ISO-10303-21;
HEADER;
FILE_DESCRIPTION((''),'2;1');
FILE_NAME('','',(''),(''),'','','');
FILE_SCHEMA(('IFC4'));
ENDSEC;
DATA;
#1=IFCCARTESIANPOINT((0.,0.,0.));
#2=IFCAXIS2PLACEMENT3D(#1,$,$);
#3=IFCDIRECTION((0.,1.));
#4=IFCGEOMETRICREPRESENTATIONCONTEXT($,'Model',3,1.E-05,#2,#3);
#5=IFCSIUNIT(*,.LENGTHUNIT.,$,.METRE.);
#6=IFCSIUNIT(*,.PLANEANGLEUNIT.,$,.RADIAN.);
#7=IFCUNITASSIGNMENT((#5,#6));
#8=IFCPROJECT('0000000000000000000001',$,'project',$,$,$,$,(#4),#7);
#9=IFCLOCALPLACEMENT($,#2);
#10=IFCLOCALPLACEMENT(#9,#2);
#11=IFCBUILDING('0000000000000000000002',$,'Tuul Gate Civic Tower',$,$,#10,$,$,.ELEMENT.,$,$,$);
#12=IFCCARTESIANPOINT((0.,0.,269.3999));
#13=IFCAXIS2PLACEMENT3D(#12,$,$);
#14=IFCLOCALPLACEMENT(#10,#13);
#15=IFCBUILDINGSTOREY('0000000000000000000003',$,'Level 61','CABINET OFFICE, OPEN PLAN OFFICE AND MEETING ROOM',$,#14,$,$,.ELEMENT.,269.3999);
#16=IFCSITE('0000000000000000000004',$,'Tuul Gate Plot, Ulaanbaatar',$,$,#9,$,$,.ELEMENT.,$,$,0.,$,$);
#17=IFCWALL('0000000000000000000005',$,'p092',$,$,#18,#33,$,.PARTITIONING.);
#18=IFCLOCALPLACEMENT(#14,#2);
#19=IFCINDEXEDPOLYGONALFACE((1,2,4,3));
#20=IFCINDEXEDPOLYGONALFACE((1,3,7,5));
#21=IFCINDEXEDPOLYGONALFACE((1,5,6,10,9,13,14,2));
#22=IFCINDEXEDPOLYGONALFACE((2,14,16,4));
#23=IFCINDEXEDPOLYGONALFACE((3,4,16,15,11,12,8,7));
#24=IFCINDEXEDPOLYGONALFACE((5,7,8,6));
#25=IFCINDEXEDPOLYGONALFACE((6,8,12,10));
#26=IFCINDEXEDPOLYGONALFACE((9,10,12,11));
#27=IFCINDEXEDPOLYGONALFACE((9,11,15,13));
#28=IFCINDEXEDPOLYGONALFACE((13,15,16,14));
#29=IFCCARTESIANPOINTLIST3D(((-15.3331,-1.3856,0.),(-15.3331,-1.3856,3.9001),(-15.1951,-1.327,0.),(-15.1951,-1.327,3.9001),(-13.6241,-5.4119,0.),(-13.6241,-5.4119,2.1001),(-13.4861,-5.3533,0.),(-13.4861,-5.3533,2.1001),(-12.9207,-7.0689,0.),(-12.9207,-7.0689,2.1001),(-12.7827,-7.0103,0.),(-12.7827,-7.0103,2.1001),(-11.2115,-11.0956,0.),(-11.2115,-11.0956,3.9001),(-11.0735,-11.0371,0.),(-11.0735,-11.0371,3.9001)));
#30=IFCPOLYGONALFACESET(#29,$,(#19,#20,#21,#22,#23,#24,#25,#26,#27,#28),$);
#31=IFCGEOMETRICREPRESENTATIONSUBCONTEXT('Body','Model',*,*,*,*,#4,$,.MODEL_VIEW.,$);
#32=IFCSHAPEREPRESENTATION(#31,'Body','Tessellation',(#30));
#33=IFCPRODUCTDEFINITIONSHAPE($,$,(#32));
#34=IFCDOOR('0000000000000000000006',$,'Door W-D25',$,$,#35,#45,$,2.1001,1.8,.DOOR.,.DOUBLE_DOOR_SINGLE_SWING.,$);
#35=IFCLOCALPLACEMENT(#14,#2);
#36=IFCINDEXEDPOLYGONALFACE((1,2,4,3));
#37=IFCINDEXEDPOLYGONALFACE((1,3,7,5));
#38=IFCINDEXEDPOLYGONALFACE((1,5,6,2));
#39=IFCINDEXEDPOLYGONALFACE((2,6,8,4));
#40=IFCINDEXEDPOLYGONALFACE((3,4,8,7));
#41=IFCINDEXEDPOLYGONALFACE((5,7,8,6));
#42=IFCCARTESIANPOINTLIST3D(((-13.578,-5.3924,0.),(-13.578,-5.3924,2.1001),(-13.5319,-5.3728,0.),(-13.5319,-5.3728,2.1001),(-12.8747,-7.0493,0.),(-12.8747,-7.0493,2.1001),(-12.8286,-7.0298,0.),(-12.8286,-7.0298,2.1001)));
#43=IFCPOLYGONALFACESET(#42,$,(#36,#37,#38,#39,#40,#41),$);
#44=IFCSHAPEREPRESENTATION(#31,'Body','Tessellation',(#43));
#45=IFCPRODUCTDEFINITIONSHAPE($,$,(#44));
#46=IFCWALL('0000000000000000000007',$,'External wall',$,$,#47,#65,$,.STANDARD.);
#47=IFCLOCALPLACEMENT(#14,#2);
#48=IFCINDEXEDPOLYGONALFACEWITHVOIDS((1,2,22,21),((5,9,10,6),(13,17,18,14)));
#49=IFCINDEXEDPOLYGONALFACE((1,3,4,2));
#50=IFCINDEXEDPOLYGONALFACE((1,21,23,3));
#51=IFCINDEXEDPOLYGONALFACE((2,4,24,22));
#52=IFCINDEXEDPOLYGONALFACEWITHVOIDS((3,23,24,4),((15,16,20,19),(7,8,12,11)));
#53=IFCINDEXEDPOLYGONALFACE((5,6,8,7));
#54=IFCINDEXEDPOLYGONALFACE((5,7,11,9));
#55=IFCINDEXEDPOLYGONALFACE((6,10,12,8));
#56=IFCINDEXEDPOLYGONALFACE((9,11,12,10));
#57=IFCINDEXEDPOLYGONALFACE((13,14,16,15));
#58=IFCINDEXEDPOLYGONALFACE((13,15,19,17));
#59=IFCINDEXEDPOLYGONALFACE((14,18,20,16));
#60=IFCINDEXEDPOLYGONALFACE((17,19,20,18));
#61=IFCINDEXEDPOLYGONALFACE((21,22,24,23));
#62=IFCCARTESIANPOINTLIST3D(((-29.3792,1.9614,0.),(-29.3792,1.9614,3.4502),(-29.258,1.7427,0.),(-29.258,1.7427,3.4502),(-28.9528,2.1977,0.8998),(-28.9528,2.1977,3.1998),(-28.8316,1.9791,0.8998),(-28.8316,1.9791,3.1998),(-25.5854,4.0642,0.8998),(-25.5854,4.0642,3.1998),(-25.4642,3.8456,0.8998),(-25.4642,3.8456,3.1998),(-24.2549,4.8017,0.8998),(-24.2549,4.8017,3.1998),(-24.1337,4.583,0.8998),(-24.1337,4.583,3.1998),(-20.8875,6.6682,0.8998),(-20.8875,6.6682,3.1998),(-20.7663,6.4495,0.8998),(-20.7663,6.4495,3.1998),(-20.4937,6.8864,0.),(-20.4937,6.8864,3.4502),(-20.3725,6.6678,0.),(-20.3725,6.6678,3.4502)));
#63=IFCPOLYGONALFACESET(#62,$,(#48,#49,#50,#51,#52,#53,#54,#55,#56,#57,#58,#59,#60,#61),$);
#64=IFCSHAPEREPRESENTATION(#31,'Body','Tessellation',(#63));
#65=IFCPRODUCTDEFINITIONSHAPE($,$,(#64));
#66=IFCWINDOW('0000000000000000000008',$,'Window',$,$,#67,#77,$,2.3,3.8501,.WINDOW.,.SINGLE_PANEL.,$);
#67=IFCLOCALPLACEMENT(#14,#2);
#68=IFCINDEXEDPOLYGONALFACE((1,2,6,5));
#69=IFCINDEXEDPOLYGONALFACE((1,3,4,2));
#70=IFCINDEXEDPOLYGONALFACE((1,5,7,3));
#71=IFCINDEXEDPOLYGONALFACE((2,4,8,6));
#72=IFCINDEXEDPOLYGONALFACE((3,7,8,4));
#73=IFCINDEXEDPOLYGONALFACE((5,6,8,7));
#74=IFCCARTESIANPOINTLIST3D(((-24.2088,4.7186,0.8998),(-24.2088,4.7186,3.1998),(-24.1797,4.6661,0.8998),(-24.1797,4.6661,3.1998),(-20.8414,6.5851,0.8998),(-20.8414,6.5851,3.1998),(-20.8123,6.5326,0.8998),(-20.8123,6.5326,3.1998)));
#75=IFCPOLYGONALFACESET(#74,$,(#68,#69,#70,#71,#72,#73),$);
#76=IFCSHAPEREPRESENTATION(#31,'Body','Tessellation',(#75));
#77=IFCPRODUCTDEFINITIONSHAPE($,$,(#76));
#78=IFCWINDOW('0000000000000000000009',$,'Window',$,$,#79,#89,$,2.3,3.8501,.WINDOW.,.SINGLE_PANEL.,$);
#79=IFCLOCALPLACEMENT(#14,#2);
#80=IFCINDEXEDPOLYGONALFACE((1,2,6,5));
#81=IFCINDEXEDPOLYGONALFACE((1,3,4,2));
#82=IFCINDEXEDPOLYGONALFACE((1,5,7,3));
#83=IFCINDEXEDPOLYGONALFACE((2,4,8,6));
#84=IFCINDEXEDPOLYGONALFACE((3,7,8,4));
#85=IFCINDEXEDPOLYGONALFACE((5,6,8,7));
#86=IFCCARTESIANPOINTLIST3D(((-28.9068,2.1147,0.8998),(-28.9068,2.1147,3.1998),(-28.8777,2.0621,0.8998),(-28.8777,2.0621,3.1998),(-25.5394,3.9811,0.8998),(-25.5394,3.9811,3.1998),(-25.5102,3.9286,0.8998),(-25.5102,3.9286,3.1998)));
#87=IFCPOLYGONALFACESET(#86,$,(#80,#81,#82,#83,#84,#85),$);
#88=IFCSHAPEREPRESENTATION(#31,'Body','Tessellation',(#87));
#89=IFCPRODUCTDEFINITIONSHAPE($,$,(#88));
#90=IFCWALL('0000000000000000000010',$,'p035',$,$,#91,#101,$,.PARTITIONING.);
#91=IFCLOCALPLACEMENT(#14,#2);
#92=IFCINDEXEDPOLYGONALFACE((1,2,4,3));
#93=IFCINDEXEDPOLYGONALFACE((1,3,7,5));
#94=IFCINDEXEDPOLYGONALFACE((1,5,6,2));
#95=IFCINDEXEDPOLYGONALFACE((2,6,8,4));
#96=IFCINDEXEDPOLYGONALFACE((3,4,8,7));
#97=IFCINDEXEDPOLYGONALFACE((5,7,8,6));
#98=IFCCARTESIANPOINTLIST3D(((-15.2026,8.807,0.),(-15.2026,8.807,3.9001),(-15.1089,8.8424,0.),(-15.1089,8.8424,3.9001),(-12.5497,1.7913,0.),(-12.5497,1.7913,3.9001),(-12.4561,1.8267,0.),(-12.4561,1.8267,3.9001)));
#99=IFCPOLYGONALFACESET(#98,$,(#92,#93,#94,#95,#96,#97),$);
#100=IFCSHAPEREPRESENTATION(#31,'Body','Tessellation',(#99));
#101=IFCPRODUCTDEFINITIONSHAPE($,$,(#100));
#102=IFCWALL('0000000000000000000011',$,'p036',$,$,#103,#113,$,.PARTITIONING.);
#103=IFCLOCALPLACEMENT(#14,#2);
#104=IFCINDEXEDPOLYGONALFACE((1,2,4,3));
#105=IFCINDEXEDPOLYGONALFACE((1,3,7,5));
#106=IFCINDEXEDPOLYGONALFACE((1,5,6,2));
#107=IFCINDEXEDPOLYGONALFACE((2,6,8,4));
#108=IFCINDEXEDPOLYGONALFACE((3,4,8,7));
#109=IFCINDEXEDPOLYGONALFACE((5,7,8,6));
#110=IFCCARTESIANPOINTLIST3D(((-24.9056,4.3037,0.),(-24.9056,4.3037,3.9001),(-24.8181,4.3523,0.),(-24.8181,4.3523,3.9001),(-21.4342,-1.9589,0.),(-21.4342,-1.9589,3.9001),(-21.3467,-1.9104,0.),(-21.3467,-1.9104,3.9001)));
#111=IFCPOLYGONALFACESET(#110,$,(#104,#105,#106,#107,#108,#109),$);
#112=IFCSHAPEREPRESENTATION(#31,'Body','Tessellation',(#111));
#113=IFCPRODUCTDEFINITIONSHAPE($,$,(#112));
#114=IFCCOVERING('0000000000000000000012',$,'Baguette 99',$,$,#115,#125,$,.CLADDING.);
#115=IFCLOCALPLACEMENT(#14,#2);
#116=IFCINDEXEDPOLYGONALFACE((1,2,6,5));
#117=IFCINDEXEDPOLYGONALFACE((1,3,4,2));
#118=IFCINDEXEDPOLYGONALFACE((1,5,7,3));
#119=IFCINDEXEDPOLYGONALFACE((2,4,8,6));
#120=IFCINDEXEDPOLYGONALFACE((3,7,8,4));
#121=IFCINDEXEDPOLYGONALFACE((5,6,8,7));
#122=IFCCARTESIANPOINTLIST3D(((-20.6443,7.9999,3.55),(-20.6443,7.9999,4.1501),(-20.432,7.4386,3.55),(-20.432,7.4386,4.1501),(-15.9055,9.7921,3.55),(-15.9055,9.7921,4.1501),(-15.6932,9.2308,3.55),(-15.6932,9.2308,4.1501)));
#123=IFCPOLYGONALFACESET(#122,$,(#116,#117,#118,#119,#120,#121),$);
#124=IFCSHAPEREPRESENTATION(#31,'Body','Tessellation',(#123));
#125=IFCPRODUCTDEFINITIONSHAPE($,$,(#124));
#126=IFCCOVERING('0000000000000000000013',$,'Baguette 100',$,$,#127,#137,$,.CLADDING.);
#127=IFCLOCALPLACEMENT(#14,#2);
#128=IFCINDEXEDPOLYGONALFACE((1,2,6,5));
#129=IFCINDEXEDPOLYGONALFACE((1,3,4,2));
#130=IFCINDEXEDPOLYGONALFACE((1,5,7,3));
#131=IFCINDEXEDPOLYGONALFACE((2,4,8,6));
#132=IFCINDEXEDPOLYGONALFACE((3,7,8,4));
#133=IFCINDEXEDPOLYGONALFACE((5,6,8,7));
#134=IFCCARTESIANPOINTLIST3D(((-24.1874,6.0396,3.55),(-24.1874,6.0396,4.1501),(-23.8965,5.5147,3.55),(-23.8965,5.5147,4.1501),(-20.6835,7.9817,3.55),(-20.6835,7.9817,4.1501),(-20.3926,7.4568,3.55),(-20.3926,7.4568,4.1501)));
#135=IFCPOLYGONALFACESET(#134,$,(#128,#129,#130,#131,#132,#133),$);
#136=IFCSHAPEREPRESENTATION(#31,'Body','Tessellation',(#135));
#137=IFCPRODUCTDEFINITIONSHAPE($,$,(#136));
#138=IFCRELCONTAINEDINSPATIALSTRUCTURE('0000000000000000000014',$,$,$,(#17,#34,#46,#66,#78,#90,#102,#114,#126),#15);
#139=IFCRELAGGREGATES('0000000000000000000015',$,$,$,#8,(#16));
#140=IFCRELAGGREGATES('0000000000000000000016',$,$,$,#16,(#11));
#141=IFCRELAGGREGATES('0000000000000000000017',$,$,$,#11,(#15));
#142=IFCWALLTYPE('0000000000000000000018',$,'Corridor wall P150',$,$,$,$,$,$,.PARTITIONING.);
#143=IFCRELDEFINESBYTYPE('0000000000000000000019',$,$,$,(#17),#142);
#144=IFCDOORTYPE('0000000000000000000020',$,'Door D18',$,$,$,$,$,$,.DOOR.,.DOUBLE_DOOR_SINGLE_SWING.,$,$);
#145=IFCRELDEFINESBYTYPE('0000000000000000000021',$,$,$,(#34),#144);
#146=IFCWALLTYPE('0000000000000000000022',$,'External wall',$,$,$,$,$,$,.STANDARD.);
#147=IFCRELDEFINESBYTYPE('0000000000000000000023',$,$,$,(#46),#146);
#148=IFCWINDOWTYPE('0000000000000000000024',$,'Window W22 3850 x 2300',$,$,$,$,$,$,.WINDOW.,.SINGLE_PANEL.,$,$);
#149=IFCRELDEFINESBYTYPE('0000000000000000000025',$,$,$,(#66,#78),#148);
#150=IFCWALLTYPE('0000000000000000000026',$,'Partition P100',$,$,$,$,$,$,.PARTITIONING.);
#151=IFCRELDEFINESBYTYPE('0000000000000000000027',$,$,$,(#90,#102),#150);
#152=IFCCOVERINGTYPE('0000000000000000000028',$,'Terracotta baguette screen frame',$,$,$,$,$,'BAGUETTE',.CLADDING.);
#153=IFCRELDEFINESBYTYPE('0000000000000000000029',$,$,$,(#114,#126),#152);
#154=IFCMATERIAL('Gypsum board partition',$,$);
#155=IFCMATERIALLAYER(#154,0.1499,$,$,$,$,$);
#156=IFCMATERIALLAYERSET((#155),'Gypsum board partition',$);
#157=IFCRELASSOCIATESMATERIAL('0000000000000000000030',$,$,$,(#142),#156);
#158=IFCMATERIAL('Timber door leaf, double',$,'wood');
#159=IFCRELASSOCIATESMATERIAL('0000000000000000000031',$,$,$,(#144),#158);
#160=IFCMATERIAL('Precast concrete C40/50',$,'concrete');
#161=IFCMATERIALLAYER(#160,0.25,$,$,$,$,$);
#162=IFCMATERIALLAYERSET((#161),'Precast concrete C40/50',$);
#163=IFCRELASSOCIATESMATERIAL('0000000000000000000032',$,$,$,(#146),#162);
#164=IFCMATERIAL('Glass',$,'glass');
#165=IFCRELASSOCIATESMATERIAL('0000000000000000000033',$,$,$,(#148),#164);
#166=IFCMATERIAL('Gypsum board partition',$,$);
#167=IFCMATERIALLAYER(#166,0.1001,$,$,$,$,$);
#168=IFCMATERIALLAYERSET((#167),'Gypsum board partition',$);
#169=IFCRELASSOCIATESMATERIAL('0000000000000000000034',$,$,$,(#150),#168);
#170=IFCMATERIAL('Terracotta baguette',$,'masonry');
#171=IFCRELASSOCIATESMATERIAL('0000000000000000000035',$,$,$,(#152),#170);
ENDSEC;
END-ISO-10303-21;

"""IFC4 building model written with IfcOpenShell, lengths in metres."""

from ifc_helpers import new_model, si_unit, direction, frame, frame_2d, origin, origin_2d, place, context, subcontext, project, spatial, rectangle, extrude, material, layer, layer_set, material_profile, profile_set, type_object, element, fill, save


model = new_model("IFC4")

# Units and contexts
model_context = context("Model", 3, precision=1e-05, world=origin(), true_north=direction((0.0, 1.0)))
body_context = subcontext(model_context, "Body", "Model", "MODEL_VIEW")
ifc_project = project(units=[si_unit("LENGTHUNIT", "METRE"), si_unit("PLANEANGLEUNIT", "RADIAN")], contexts=[model_context])

# Site, building, storey
site_placement = place(None, origin())
site = spatial("IfcSite", under=ifc_project, at=site_placement, Name="Tuul Gate Plot, Ulaanbaatar", CompositionType="ELEMENT", RefElevation=0.0)
building_placement = place(site_placement, origin())
building = spatial("IfcBuilding", under=site, at=building_placement, Name="Tuul Gate Civic Tower", CompositionType="ELEMENT")
storey_placement = place(building_placement, frame((0.0, 0.0, 269.3999)))
storey = spatial("IfcBuildingStorey", under=building, at=storey_placement, Name="Level 61", Description="CABINET OFFICE, OPEN PLAN OFFICE AND MEETING ROOM", CompositionType="ELEMENT", Elevation=269.3999)

# Shared definitions
ifc_material_1 = material(Name="Gypsum board partition")
ifc_layer_1 = layer(ifc_material_1, 0.1499)
ifc_layer_set_1 = layer_set([ifc_layer_1], Name="Gypsum board partition")
wall_type_1 = type_object("IfcWallType", Name="Corridor wall P150", PredefinedType="PARTITIONING", material=ifc_layer_set_1)

# Wall, opening, door
wall_1_placement = place(storey_placement, frame((-15.2642, -1.3562, 0.0), z_axis=(0.0, 0.0, 1.0), x_axis=(0.390727, -0.920507, 0.0)))
wall_1 = element("IfcWall", 1, at=wall_1_placement, inside=storey, type_object=wall_type_1, Name="p092", PredefinedType="PARTITIONING", context=body_context, shape_type="SweptSolid", body=[
    extrude(rectangle(XDim=10.5486, YDim=0.1499, at=frame_2d((5.2744, 0.0))), origin(), (0.0, 0.0, 1.0), 3.9001),
])
opening_1_placement = place(wall_1_placement, frame((4.3743, 0.0, 0.0)))
opening_1 = element("IfcOpeningElement", 2, at=opening_1_placement, cuts=wall_1, PredefinedType="OPENING", context=body_context, shape_type="SweptSolid", body=[
    extrude(rectangle(XDim=1.8, YDim=2.1001, at=frame_2d((0.8999, 1.05))), frame((0.0, 0.085, 0.0), z_axis=(0.0, -1.0, 0.0), x_axis=(1.0, 0.0, 0.0)), (0.0, 0.0, 1.0), 0.1699),
])
ifc_material_2 = material(Name="Timber door leaf, double", Category="wood")
door_type_1 = type_object("IfcDoorType", Name="Door D18", OperationType="DOUBLE_DOOR_SINGLE_SWING", PredefinedType="DOOR", material=ifc_material_2)
door_1_placement = place(opening_1_placement, frame((1.8, 0.0, 0.0), z_axis=(0.0, 0.0, 1.0), x_axis=(-1.0, 0.0, 0.0)))
door_1 = element("IfcDoor", 3, at=door_1_placement, inside=storey, type_object=door_type_1, Name="Door W-D25", OperationType="DOUBLE_DOOR_SINGLE_SWING", OverallHeight=2.1001, OverallWidth=1.8, PredefinedType="DOOR", context=body_context, shape_type="SweptSolid", body=[
    extrude(rectangle(XDim=1.8, YDim=2.1001, at=frame_2d((0.9001, 1.05))), frame((0.0, 0.0249, 0.0), z_axis=(0.0, -1.0, 0.0), x_axis=(1.0, 0.0, 0.0)), (0.0, 0.0, 1.0), 0.05),
])
fill(opening_1, door_1)

# Wall, openings, windows
ifc_material_3 = material(Name="Precast concrete C40/50", Category="concrete")
ifc_layer_2 = layer(ifc_material_3, 0.25)
ifc_layer_set_2 = layer_set([ifc_layer_2], Name="Precast concrete C40/50")
wall_type_2 = type_object("IfcWallType", Name="External wall", PredefinedType="STANDARD", material=ifc_layer_set_2)
wall_2_placement = place(storey_placement, frame((-20.4331, 6.7771, 0.0), z_axis=(0.0, 0.0, 1.0), x_axis=(-0.874631, -0.48479, 0.0)))
wall_2 = element("IfcWall", 4, at=wall_2_placement, inside=storey, type_object=wall_type_2, Name="External wall", PredefinedType="STANDARD", context=body_context, shape_type="SweptSolid", body=[
    extrude(rectangle(XDim=10.1592, YDim=0.25, at=frame_2d((5.0796, 0.0))), origin(), (0.0, 0.0, 1.0), 3.4502),
])
opening_2_placement = place(wall_2_placement, frame((0.4502, 0.0, 0.8999)))
opening_2 = element("IfcOpeningElement", 5, at=opening_2_placement, cuts=wall_2, PredefinedType="OPENING", context=body_context, shape_type="SweptSolid", body=[
    extrude(rectangle(XDim=3.8501, YDim=2.3, at=frame_2d((1.925, 1.1499))), frame((0.0, 0.135, 0.0), z_axis=(0.0, -1.0, 0.0), x_axis=(1.0, 0.0, 0.0)), (0.0, 0.0, 1.0), 0.27),
])
opening_3_placement = place(wall_2_placement, frame((5.8215, 0.0, 0.8999)))
opening_3 = element("IfcOpeningElement", 6, at=opening_3_placement, cuts=wall_2, PredefinedType="OPENING", context=body_context, shape_type="SweptSolid", body=[
    extrude(rectangle(XDim=3.8501, YDim=2.3, at=frame_2d((1.925, 1.1499))), frame((0.0, 0.135, 0.0), z_axis=(0.0, -1.0, 0.0), x_axis=(1.0, 0.0, 0.0)), (0.0, 0.0, 1.0), 0.27),
])
ifc_material_4 = material(Name="Glass", Category="glass")
window_type = type_object("IfcWindowType", Name="Window W22 3850 x 2300", PartitioningType="SINGLE_PANEL", PredefinedType="WINDOW", material=ifc_material_4)
window_1_placement = place(opening_2_placement, origin())
window_1 = element("IfcWindow", 7, at=window_1_placement, inside=storey, type_object=window_type, Name="Window", OverallHeight=2.3, OverallWidth=3.8501, PartitioningType="SINGLE_PANEL", PredefinedType="WINDOW", context=body_context, shape_type="SweptSolid", body=[
    extrude(rectangle(XDim=3.8501, YDim=2.3, at=frame_2d((1.925, 1.1499))), frame((0.0, 0.03, 0.0), z_axis=(0.0, -1.0, 0.0), x_axis=(1.0, 0.0, 0.0)), (0.0, 0.0, 1.0), 0.0601),
])
fill(opening_2, window_1)
window_2_placement = place(opening_3_placement, origin())
window_2 = element("IfcWindow", 8, at=window_2_placement, inside=storey, type_object=window_type, Name="Window", OverallHeight=2.3, OverallWidth=3.8501, PartitioningType="SINGLE_PANEL", PredefinedType="WINDOW", context=body_context, shape_type="SweptSolid", body=[
    extrude(rectangle(XDim=3.8501, YDim=2.3, at=frame_2d((1.925, 1.1499))), frame((0.0, 0.03, 0.0), z_axis=(0.0, -1.0, 0.0), x_axis=(1.0, 0.0, 0.0)), (0.0, 0.0, 1.0), 0.0601),
])
fill(opening_3, window_2)

# Walls
ifc_material_5 = material(Name="Gypsum board partition")
ifc_layer_3 = layer(ifc_material_5, 0.1001)
ifc_layer_set_3 = layer_set([ifc_layer_3], Name="Gypsum board partition")
wall_type_3 = type_object("IfcWallType", Name="Partition P100", PredefinedType="PARTITIONING", material=ifc_layer_set_3)
wall_3_placement = place(storey_placement, frame((-15.1558, 8.8247, 0.0), z_axis=(0.0, 0.0, 1.0), x_axis=(0.35369, -0.935363, 0.0)))
element("IfcWall", 9, at=wall_3_placement, inside=storey, type_object=wall_type_3, Name="p035", PredefinedType="PARTITIONING", context=body_context, shape_type="SweptSolid", body=[
    extrude(rectangle(XDim=7.5005, YDim=0.1001, at=frame_2d((3.7502, 0.0))), origin(), (0.0, 0.0, 1.0), 3.9001),
])
wall_4_placement = place(storey_placement, frame((-24.8618, 4.3279, 0.0), z_axis=(0.0, 0.0, 1.0), x_axis=(0.484806, -0.874622, 0.0)))
element("IfcWall", 10, at=wall_4_placement, inside=storey, type_object=wall_type_3, Name="p036", PredefinedType="PARTITIONING", context=body_context, shape_type="SweptSolid", body=[
    extrude(rectangle(XDim=7.1604, YDim=0.1001, at=frame_2d((3.5801, 0.0))), origin(), (0.0, 0.0, 1.0), 3.9001),
])

# Coverings
ifc_material_6 = material(Name="Terracotta baguette", Category="masonry")
ifc_material_profile_1 = material_profile(ifc_material_6, rectangle(XDim=0.6001, YDim=0.6001, at=origin_2d()), Name="Terracotta baguette screen frame")
ifc_profile_set_1 = profile_set([ifc_material_profile_1], Name="Terracotta baguette")
covering_type = type_object("IfcCoveringType", Name="Terracotta baguette screen frame", ElementType="BAGUETTE", PredefinedType="CLADDING", material=ifc_profile_set_1)
covering_1_placement = place(storey_placement, frame((-15.7993, 9.5115, 3.8501), z_axis=(-0.935339, -0.353752, 0.0), x_axis=(0.353752, -0.935339, 0.0)))
element("IfcCovering", 11, at=covering_1_placement, inside=storey, type_object=covering_type, Name="Baguette 99", PredefinedType="CLADDING", context=body_context, shape_type="SweptSolid", body=[
    extrude(rectangle(XDim=0.6001, YDim=0.6001, at=origin_2d()), origin(), (0.0, 0.0, 1.0), 5.0664),
])
covering_2_placement = place(storey_placement, frame((-20.5381, 7.7192, 3.8501), z_axis=(-0.874631, -0.484789, 0.0), x_axis=(0.484789, -0.874631, 0.0)))
element("IfcCovering", 12, at=covering_2_placement, inside=storey, type_object=covering_type, Name="Baguette 100", PredefinedType="CLADDING", context=body_context, shape_type="SweptSolid", body=[
    extrude(rectangle(XDim=0.6001, YDim=0.6001, at=origin_2d()), origin(), (0.0, 0.0, 1.0), 4.0061),
])

save(model, "model.ifc")
